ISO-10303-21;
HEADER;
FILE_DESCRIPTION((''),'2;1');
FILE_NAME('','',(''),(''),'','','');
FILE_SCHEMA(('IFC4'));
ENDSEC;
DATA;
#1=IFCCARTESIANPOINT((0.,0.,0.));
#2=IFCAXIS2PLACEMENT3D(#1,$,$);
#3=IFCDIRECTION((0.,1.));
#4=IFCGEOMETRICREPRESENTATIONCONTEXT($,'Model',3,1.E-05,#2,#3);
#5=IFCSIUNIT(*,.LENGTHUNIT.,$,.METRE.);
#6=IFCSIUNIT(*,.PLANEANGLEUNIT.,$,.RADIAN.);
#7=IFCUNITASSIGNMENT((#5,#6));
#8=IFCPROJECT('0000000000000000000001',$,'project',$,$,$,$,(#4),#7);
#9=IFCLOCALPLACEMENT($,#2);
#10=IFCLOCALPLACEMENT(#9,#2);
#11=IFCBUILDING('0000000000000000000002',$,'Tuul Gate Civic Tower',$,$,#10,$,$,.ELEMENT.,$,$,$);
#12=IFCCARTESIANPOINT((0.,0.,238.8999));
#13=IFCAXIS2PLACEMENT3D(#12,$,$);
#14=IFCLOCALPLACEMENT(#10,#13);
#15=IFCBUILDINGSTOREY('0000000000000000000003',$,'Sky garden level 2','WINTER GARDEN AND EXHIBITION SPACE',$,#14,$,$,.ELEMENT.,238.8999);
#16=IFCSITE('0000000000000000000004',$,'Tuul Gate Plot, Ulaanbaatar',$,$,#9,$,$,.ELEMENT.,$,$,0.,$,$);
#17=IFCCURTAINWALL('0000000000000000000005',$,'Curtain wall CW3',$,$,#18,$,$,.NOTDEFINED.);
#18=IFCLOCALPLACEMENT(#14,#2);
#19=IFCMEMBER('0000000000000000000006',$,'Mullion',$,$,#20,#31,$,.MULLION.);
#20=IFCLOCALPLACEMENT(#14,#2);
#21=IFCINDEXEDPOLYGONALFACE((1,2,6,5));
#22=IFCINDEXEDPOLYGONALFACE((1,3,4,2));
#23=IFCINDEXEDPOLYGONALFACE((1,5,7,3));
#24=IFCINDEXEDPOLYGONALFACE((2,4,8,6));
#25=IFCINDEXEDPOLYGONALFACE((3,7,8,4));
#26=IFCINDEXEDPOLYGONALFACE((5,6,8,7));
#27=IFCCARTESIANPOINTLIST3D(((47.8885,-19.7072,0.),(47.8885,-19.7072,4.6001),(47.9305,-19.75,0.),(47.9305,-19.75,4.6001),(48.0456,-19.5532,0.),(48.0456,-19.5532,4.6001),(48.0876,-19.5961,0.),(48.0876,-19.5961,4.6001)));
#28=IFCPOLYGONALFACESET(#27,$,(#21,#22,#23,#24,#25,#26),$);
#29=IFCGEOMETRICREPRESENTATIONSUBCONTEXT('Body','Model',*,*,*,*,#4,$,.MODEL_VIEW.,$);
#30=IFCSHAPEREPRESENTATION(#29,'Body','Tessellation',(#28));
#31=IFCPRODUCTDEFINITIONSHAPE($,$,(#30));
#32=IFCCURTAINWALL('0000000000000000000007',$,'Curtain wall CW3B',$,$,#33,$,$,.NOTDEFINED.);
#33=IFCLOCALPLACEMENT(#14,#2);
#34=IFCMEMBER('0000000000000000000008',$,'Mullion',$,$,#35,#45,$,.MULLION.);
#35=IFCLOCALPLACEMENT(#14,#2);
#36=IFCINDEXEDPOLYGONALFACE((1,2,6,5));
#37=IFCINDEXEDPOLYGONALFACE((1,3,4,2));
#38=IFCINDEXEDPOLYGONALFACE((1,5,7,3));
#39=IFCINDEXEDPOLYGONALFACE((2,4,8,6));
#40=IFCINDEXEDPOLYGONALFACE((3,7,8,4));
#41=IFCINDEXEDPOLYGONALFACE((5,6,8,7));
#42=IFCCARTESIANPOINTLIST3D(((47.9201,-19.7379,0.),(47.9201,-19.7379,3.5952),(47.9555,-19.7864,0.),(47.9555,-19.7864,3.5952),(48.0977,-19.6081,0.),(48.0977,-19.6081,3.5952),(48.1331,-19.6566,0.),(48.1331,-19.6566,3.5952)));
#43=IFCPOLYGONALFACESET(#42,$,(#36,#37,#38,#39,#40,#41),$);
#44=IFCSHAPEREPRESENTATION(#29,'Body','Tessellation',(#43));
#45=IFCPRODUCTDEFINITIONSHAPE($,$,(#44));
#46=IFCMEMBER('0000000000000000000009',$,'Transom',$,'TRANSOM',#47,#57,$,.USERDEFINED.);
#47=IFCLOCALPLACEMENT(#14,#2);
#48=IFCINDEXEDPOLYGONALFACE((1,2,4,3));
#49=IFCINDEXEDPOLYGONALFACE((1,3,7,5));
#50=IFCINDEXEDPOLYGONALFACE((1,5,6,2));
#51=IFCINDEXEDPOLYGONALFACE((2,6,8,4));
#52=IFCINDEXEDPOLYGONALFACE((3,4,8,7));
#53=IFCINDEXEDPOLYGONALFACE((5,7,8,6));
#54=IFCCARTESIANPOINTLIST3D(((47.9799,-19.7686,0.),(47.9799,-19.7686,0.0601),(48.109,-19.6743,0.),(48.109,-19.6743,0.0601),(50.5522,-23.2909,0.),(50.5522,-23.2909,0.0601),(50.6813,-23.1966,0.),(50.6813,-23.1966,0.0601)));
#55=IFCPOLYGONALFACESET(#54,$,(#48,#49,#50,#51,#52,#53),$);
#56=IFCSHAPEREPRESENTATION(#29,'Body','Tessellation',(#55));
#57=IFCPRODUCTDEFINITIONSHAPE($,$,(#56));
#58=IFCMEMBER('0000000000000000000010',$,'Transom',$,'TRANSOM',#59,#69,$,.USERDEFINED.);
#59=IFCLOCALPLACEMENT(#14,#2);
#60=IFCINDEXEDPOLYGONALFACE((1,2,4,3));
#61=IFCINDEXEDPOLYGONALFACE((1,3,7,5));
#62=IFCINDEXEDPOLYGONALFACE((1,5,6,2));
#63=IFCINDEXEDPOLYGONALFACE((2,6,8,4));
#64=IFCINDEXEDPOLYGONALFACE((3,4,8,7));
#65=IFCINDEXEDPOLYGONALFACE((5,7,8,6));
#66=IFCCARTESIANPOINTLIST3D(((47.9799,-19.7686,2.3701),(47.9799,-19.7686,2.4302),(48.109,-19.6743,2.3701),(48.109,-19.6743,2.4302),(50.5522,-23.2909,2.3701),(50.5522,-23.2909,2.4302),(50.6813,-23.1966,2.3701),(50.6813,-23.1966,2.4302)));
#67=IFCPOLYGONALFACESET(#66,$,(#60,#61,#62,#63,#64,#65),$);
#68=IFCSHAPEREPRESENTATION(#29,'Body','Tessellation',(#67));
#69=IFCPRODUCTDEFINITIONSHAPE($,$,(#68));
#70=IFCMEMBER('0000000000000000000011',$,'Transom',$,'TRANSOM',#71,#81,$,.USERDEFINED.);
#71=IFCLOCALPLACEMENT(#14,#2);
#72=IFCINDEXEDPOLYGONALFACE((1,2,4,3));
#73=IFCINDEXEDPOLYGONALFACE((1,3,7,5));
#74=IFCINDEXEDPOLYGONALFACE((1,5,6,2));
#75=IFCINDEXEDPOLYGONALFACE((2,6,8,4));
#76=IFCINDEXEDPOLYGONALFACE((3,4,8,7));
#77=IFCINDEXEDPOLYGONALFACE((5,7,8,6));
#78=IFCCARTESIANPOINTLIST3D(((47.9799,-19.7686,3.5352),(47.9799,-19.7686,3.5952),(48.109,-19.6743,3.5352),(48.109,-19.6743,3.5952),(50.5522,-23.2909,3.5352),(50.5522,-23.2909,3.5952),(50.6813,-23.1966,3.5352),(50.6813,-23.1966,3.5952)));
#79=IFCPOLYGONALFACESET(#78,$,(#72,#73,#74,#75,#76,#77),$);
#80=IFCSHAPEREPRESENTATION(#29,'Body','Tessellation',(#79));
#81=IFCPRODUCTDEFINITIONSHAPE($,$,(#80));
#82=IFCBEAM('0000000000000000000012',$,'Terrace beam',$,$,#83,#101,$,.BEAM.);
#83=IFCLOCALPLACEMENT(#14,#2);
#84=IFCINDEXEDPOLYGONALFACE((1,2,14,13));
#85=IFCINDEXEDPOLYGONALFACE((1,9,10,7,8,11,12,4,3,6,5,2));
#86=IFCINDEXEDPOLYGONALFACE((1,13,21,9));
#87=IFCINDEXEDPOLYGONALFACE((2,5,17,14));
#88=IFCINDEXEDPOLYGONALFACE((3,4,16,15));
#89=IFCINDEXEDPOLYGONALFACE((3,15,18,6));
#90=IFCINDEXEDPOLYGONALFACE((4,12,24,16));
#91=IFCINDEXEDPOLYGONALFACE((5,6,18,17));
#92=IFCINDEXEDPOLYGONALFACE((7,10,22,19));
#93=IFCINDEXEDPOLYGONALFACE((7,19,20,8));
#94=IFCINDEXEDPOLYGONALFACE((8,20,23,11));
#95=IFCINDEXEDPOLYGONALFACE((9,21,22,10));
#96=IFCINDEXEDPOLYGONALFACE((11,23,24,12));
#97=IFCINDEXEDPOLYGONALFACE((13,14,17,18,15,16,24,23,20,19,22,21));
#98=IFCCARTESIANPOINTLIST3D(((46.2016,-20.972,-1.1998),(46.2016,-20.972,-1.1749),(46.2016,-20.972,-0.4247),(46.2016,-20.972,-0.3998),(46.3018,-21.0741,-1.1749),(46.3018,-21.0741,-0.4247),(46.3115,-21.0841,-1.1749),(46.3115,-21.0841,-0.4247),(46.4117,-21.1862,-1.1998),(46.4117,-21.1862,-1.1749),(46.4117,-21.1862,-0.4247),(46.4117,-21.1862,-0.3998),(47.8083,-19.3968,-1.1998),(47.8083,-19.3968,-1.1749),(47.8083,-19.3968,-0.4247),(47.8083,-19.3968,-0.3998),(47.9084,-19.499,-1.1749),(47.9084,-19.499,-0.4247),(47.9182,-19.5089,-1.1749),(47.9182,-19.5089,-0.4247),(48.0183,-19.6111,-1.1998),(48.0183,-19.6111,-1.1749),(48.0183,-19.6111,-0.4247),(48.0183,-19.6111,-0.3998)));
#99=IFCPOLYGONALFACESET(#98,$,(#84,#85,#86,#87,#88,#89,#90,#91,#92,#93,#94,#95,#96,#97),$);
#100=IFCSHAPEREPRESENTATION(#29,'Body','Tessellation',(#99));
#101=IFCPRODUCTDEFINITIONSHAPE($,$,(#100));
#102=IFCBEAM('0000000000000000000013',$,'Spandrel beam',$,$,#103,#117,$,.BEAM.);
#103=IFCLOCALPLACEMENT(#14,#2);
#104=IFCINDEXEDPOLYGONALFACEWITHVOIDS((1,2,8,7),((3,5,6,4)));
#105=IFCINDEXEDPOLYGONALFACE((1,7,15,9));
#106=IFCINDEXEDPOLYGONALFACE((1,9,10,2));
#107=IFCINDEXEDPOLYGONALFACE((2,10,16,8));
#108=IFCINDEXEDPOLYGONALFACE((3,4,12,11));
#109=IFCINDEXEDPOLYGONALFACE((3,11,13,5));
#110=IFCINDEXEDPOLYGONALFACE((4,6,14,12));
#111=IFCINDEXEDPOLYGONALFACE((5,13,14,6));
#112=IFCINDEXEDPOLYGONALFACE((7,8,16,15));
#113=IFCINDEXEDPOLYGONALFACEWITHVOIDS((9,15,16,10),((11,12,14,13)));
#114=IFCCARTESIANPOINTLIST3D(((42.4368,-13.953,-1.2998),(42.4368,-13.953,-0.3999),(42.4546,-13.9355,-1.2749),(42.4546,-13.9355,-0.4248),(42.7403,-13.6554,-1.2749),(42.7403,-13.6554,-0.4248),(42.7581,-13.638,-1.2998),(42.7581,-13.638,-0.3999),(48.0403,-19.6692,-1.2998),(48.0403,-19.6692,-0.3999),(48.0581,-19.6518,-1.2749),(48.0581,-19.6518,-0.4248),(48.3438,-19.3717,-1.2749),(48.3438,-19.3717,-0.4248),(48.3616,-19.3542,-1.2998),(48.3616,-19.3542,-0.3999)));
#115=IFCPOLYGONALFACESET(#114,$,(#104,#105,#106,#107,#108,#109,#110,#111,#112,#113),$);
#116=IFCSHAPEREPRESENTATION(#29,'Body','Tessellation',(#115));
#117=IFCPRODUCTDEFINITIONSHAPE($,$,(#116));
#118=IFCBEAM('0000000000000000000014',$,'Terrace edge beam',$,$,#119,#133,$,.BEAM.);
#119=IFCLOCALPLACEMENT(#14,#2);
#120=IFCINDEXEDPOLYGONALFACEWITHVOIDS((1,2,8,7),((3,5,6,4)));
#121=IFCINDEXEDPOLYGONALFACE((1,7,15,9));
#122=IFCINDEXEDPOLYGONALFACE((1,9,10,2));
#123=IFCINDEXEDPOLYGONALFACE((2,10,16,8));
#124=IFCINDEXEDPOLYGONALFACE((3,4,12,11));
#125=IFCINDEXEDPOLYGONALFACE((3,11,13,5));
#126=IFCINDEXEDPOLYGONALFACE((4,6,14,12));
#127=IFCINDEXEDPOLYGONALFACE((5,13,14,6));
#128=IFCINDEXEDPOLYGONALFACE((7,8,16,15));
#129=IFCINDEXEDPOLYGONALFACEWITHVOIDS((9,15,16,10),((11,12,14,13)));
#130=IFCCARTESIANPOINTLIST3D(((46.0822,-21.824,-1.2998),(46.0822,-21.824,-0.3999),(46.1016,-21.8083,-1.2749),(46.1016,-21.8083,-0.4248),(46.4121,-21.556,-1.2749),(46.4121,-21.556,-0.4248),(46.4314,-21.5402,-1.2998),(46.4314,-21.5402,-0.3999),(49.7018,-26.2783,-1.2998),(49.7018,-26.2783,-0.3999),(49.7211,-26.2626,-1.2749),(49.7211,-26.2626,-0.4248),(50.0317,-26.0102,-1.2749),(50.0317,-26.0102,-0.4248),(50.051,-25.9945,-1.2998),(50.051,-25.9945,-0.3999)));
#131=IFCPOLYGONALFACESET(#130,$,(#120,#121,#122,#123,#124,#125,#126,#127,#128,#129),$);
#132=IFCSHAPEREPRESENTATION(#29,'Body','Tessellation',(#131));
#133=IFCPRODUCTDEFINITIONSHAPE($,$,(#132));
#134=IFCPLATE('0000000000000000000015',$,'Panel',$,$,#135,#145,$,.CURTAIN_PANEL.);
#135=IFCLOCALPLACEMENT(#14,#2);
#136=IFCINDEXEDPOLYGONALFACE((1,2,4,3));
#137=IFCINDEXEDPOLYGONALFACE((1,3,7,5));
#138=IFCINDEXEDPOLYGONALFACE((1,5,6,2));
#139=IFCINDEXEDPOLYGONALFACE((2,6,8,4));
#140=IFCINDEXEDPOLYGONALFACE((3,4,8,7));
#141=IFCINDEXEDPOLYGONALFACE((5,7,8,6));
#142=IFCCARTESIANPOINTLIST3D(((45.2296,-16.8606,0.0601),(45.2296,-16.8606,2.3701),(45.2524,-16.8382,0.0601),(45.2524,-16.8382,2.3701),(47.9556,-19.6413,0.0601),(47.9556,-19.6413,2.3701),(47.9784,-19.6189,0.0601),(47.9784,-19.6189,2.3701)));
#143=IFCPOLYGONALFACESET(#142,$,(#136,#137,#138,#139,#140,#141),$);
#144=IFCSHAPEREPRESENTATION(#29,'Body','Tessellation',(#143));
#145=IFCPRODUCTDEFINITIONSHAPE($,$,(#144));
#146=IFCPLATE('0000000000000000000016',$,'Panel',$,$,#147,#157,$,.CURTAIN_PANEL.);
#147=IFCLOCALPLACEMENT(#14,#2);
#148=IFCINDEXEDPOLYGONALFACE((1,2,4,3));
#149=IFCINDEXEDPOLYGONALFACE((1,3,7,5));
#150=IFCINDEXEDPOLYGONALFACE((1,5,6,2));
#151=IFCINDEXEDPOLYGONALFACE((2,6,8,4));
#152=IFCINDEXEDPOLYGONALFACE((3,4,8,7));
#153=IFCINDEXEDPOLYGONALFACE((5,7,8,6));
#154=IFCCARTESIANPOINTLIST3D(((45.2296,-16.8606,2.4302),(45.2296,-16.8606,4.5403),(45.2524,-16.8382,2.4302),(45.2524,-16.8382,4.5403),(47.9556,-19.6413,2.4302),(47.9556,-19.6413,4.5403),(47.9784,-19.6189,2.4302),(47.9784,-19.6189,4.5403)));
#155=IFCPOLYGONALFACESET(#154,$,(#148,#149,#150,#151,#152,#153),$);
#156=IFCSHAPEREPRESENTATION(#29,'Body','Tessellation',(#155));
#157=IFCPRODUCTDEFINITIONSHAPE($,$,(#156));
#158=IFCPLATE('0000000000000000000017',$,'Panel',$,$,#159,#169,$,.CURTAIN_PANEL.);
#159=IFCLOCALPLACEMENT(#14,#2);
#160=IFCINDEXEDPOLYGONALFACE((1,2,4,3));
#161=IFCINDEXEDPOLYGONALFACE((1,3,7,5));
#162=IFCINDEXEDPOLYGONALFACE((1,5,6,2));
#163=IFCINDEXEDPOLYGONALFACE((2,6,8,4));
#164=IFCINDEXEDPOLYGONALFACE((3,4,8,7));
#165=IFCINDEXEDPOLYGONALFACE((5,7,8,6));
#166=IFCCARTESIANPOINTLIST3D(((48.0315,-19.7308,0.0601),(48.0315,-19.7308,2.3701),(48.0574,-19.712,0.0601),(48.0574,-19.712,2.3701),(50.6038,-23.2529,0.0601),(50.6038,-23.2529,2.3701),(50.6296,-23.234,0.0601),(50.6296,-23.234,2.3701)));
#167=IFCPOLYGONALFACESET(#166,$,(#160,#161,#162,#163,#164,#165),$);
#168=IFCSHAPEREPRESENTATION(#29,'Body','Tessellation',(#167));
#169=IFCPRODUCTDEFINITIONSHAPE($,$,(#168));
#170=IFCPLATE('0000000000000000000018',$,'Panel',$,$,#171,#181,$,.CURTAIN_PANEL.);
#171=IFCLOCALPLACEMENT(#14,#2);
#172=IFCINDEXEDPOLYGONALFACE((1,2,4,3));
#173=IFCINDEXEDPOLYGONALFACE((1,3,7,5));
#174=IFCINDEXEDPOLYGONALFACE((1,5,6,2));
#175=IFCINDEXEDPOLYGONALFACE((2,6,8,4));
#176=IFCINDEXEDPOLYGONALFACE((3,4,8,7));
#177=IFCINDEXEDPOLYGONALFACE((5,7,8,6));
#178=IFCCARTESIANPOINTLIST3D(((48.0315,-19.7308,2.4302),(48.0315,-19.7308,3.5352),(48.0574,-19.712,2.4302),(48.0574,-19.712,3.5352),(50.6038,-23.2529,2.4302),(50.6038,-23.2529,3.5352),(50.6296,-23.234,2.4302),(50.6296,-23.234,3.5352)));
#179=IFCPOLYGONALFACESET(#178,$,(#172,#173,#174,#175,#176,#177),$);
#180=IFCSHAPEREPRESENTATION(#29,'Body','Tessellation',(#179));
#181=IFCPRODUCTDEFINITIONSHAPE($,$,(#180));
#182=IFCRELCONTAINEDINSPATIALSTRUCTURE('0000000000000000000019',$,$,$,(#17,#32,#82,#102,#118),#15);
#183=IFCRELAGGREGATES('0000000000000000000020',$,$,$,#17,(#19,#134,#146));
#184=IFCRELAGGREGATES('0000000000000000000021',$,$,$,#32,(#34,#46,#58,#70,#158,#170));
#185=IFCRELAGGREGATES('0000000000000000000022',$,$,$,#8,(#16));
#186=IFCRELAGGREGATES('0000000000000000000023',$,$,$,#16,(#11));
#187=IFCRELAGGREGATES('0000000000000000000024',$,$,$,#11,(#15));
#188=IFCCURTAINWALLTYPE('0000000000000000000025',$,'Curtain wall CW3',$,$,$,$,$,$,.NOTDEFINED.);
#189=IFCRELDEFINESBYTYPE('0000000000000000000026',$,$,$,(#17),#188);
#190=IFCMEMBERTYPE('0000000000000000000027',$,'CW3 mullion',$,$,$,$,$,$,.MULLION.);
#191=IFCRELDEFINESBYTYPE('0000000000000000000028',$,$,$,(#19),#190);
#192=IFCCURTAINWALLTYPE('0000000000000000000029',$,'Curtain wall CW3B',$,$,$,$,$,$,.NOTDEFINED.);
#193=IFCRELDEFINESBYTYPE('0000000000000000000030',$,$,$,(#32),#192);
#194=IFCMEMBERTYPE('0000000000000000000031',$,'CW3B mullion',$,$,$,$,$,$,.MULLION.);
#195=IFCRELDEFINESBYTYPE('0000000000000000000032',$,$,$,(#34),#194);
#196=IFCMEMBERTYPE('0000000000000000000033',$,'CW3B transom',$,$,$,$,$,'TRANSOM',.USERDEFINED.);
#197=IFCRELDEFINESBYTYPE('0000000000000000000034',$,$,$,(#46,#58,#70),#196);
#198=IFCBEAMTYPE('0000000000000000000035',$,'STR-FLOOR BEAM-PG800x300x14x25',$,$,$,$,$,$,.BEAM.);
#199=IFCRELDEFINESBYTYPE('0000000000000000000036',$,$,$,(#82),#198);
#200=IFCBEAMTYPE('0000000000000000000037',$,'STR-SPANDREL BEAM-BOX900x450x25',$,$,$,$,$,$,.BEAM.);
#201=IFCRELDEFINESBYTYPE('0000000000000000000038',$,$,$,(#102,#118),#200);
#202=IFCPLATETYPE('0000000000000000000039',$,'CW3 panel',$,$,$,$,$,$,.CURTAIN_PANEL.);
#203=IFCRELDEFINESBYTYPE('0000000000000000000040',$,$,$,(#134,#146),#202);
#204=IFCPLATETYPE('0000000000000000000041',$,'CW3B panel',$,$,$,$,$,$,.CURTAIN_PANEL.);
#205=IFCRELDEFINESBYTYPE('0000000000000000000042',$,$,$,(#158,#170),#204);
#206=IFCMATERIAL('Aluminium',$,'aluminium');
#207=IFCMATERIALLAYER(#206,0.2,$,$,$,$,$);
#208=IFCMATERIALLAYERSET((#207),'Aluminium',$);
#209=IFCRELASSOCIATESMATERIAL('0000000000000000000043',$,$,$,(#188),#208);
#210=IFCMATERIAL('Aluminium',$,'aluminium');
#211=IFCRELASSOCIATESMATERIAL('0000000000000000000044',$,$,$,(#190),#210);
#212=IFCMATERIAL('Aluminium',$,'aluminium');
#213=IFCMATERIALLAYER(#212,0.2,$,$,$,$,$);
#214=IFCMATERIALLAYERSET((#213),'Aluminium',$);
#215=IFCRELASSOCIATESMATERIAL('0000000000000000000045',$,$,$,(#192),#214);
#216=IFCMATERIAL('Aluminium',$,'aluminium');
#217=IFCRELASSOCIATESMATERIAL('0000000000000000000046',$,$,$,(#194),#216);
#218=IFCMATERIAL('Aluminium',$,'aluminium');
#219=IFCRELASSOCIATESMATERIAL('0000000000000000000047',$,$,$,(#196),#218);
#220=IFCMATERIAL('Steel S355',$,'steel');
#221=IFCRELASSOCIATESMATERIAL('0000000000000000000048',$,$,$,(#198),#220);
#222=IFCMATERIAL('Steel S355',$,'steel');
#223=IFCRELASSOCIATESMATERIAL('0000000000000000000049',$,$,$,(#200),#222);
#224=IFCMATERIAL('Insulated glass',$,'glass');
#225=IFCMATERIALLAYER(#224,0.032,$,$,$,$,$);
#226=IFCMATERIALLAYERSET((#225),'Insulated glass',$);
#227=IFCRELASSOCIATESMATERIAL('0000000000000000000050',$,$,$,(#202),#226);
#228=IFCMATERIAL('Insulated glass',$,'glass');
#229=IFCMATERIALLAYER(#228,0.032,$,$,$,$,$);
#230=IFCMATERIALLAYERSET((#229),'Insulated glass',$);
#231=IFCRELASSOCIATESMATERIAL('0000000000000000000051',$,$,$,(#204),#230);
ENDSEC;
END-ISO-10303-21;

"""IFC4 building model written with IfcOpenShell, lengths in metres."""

from ifc_helpers import new_model, si_unit, direction, frame, origin, origin_2d, place, context, subcontext, project, spatial, rectangle, hollow_rectangle, i_section, extrude, material, layer, layer_set, material_profile, profile_set, type_object, element, aggregate, save


model = new_model("IFC4")

# Units and contexts
model_context = context("Model", 3, precision=1e-05, world=origin(), true_north=direction((0.0, 1.0)))
body_context = subcontext(model_context, "Body", "Model", "MODEL_VIEW")
ifc_project = project(units=[si_unit("LENGTHUNIT", "METRE"), si_unit("PLANEANGLEUNIT", "RADIAN")], contexts=[model_context])

# Site, building, storey
site_placement = place(None, origin())
site = spatial("IfcSite", under=ifc_project, at=site_placement, Name="Tuul Gate Plot, Ulaanbaatar", CompositionType="ELEMENT", RefElevation=0.0)
building_placement = place(site_placement, origin())
building = spatial("IfcBuilding", under=site, at=building_placement, Name="Tuul Gate Civic Tower", CompositionType="ELEMENT")
storey_placement = place(building_placement, frame((0.0, 0.0, 238.8999)))
storey = spatial("IfcBuildingStorey", under=building, at=storey_placement, Name="Sky garden level 2", Description="WINTER GARDEN AND EXHIBITION SPACE", CompositionType="ELEMENT", Elevation=238.8999)

# Curtain wall, member
ifc_material_1 = material(Name="Aluminium", Category="aluminium")
ifc_layer_1 = layer(ifc_material_1, 0.2)
ifc_layer_set_1 = layer_set([ifc_layer_1], Name="Aluminium")
curtain_wall_type_1 = type_object("IfcCurtainWallType", Name="Curtain wall CW3", PredefinedType="NOTDEFINED", material=ifc_layer_set_1)
curtain_wall_1_placement = place(storey_placement, origin())
curtain_wall_1 = element("IfcCurtainWall", 1, at=curtain_wall_1_placement, inside=storey, type_object=curtain_wall_type_1, Name="Curtain wall CW3", PredefinedType="NOTDEFINED")
ifc_material_2 = material(Name="Aluminium", Category="aluminium")
ifc_material_profile_1 = material_profile(ifc_material_2, rectangle(XDim=0.22, YDim=0.0601, at=origin_2d()), Name="CW3 mullion")
ifc_profile_set_1 = profile_set([ifc_material_profile_1], Name="Aluminium")
member_type_1 = type_object("IfcMemberType", Name="CW3 mullion", PredefinedType="MULLION", material=ifc_profile_set_1)
member_1_placement = place(storey_placement, frame((47.988, -19.6516, 0.0), z_axis=(0.0, 0.0, 1.0), x_axis=(0.7141, 0.700044, 0.0)))
member_1 = element("IfcMember", 2, at=member_1_placement, type_object=member_type_1, Name="Mullion", PredefinedType="MULLION", context=body_context, shape_type="SweptSolid", body=[
    extrude(rectangle(XDim=0.22, YDim=0.0601, at=origin_2d()), origin(), (0.0, 0.0, 1.0), 4.6001),
])

# Curtain wall, members
ifc_material_3 = material(Name="Aluminium", Category="aluminium")
ifc_layer_2 = layer(ifc_material_3, 0.2)
ifc_layer_set_2 = layer_set([ifc_layer_2], Name="Aluminium")
curtain_wall_type_2 = type_object("IfcCurtainWallType", Name="Curtain wall CW3B", PredefinedType="NOTDEFINED", material=ifc_layer_set_2)
curtain_wall_2_placement = place(storey_placement, origin())
curtain_wall_2 = element("IfcCurtainWall", 3, at=curtain_wall_2_placement, inside=storey, type_object=curtain_wall_type_2, Name="Curtain wall CW3B", PredefinedType="NOTDEFINED")
ifc_material_4 = material(Name="Aluminium", Category="aluminium")
ifc_material_profile_2 = material_profile(ifc_material_4, rectangle(XDim=0.22, YDim=0.0601, at=origin_2d()), Name="CW3B mullion")
ifc_profile_set_2 = profile_set([ifc_material_profile_2], Name="Aluminium")
member_type_2 = type_object("IfcMemberType", Name="CW3B mullion", PredefinedType="MULLION", material=ifc_profile_set_2)
member_2_placement = place(storey_placement, frame((48.0266, -19.6973, 0.0), z_axis=(0.0, 0.0, 1.0), x_axis=(0.807567, 0.589776, 0.0)))
member_2 = element("IfcMember", 4, at=member_2_placement, type_object=member_type_2, Name="Mullion", PredefinedType="MULLION", context=body_context, shape_type="SweptSolid", body=[
    extrude(rectangle(XDim=0.22, YDim=0.0601, at=origin_2d()), origin(), (0.0, 0.0, 1.0), 3.5952),
])
ifc_material_5 = material(Name="Aluminium", Category="aluminium")
ifc_material_profile_3 = material_profile(ifc_material_5, rectangle(XDim=0.1599, YDim=0.0601, at=origin_2d()), Name="CW3B transom")
ifc_profile_set_3 = profile_set([ifc_material_profile_3], Name="Aluminium")
member_type_3 = type_object("IfcMemberType", Name="CW3B transom", ElementType="TRANSOM", PredefinedType="USERDEFINED", material=ifc_profile_set_3)
member_3_placement = place(storey_placement, frame((48.0444, -19.7214, 0.03), z_axis=(0.589768, -0.807573, 0.0), x_axis=(0.807573, 0.589768, 0.0)))
member_3 = element("IfcMember", 5, at=member_3_placement, type_object=member_type_3, Name="Transom", ObjectType="TRANSOM", PredefinedType="USERDEFINED", context=body_context, shape_type="SweptSolid", body=[
    extrude(rectangle(XDim=0.1599, YDim=0.0601, at=origin_2d()), origin(), (0.0, 0.0, 1.0), 4.3616),
])
member_4_placement = place(storey_placement, frame((48.0444, -19.7214, 2.4001), z_axis=(0.589768, -0.807573, 0.0), x_axis=(0.807573, 0.589768, 0.0)))
member_4 = element("IfcMember", 6, at=member_4_placement, type_object=member_type_3, Name="Transom", ObjectType="TRANSOM", PredefinedType="USERDEFINED", context=body_context, shape_type="SweptSolid", body=[
    extrude(rectangle(XDim=0.1599, YDim=0.0601, at=origin_2d()), origin(), (0.0, 0.0, 1.0), 4.3616),
])
member_5_placement = place(storey_placement, frame((48.0444, -19.7214, 3.5652), z_axis=(0.589768, -0.807573, 0.0), x_axis=(0.807573, 0.589768, 0.0)))
member_5 = element("IfcMember", 7, at=member_5_placement, type_object=member_type_3, Name="Transom", ObjectType="TRANSOM", PredefinedType="USERDEFINED", context=body_context, shape_type="SweptSolid", body=[
    extrude(rectangle(XDim=0.1599, YDim=0.0601, at=origin_2d()), origin(), (0.0, 0.0, 1.0), 4.3616),
])

# Beams
ifc_material_6 = material(Name="Steel S355", Category="steel")
ifc_material_profile_4 = material_profile(ifc_material_6, i_section(OverallWidth=0.3, OverallDepth=0.8, WebThickness=0.0139, FlangeThickness=0.0249, at=origin_2d()), Name="PG800x300x14x25")
ifc_profile_set_4 = profile_set([ifc_material_profile_4], Name="Steel S355")
beam_type_1 = type_object("IfcBeamType", Name="STR-FLOOR BEAM-PG800x300x14x25", PredefinedType="BEAM", material=ifc_profile_set_4)
beam_1_placement = place(storey_placement, frame((46.3066, -21.0791, -0.7998), z_axis=(0.714071, 0.700074, 0.0), x_axis=(-0.700074, 0.714071, 0.0)))
element("IfcBeam", 8, at=beam_1_placement, inside=storey, type_object=beam_type_1, Name="Terrace beam", PredefinedType="BEAM", context=body_context, shape_type="SweptSolid", body=[
    extrude(i_section(OverallWidth=0.3, OverallDepth=0.8, WebThickness=0.0139, FlangeThickness=0.0249, at=origin_2d()), origin(), (0.0, 0.0, 1.0), 2.25),
])
ifc_material_7 = material(Name="Steel S355", Category="steel")
ifc_material_profile_5 = material_profile(ifc_material_7, hollow_rectangle(XDim=0.45, YDim=0.8999, WallThickness=0.0249, at=origin_2d()), Name="BOX900x450x25")
ifc_profile_set_5 = profile_set([ifc_material_profile_5], Name="Steel S355")
beam_type_2 = type_object("IfcBeamType", Name="STR-SPANDREL BEAM-BOX900x450x25", PredefinedType="BEAM", material=ifc_profile_set_5)
beam_2_placement = place(storey_placement, frame((48.2009, -19.5117, -0.8499), z_axis=(-0.700026, 0.714117, 0.0), x_axis=(-0.714117, -0.700026, 0.0)))
element("IfcBeam", 9, at=beam_2_placement, inside=storey, type_object=beam_type_2, Name="Spandrel beam", PredefinedType="BEAM", context=body_context, shape_type="SweptSolid", body=[
    extrude(hollow_rectangle(XDim=0.45, YDim=0.8999, WallThickness=0.0249, at=origin_2d()), origin(), (0.0, 0.0, 1.0), 8.0046),
])
beam_3_placement = place(storey_placement, frame((46.2568, -21.6821, -0.8499), z_axis=(0.630642, -0.776074, 0.0), x_axis=(0.776074, 0.630642, 0.0)))
element("IfcBeam", 10, at=beam_3_placement, inside=storey, type_object=beam_type_2, Name="Terrace edge beam", PredefinedType="BEAM", context=body_context, shape_type="SweptSolid", body=[
    extrude(hollow_rectangle(XDim=0.45, YDim=0.8999, WallThickness=0.0249, at=origin_2d()), origin(), (0.0, 0.0, 1.0), 5.7395),
])

# Plates
ifc_material_8 = material(Name="Insulated glass", Category="glass")
ifc_layer_3 = layer(ifc_material_8, 0.032)
ifc_layer_set_3 = layer_set([ifc_layer_3], Name="Insulated glass")
plate_type_1 = type_object("IfcPlateType", Name="CW3 panel", PredefinedType="CURTAIN_PANEL", material=ifc_layer_set_3)
plate_1_placement = place(storey_placement, frame((46.604, -18.2397, 0.0601), z_axis=(0.0, 0.0, 1.0), x_axis=(0.700044, -0.7141, 0.0)))
plate_1 = element("IfcPlate", 11, at=plate_1_placement, type_object=plate_type_1, Name="Panel", PredefinedType="CURTAIN_PANEL", context=body_context, shape_type="SweptSolid", body=[
    extrude(rectangle(XDim=3.894, YDim=0.032, at=origin_2d()), origin(), (0.0, 0.0, 1.0), 2.3101),
])
plate_2_placement = place(storey_placement, frame((46.604, -18.2397, 2.4302), z_axis=(0.0, 0.0, 1.0), x_axis=(0.700044, -0.7141, 0.0)))
plate_2 = element("IfcPlate", 12, at=plate_2_placement, type_object=plate_type_1, Name="Panel", PredefinedType="CURTAIN_PANEL", context=body_context, shape_type="SweptSolid", body=[
    extrude(rectangle(XDim=3.894, YDim=0.032, at=origin_2d()), origin(), (0.0, 0.0, 1.0), 2.1101),
])
aggregate(curtain_wall_1, [member_1, plate_1, plate_2])
ifc_material_9 = material(Name="Insulated glass", Category="glass")
ifc_layer_4 = layer(ifc_material_9, 0.032)
ifc_layer_set_4 = layer_set([ifc_layer_4], Name="Insulated glass")
plate_type_2 = type_object("IfcPlateType", Name="CW3B panel", PredefinedType="CURTAIN_PANEL", material=ifc_layer_set_4)
plate_3_placement = place(storey_placement, frame((49.3306, -21.4824, 0.0601), z_axis=(0.0, 0.0, 1.0), x_axis=(0.589776, -0.807567, 0.0)))
plate_3 = element("IfcPlate", 13, at=plate_3_placement, type_object=plate_type_2, Name="Panel", PredefinedType="CURTAIN_PANEL", context=body_context, shape_type="SweptSolid", body=[
    extrude(rectangle(XDim=4.3613, YDim=0.032, at=origin_2d()), origin(), (0.0, 0.0, 1.0), 2.3101),
])
plate_4_placement = place(storey_placement, frame((49.3306, -21.4824, 2.4302), z_axis=(0.0, 0.0, 1.0), x_axis=(0.589776, -0.807567, 0.0)))
plate_4 = element("IfcPlate", 14, at=plate_4_placement, type_object=plate_type_2, Name="Panel", PredefinedType="CURTAIN_PANEL", context=body_context, shape_type="SweptSolid", body=[
    extrude(rectangle(XDim=4.3613, YDim=0.032, at=origin_2d()), origin(), (0.0, 0.0, 1.0), 1.105),
])
aggregate(curtain_wall_2, [member_2, member_3, member_4, member_5, plate_3, plate_4])

save(model, "model.ifc")
